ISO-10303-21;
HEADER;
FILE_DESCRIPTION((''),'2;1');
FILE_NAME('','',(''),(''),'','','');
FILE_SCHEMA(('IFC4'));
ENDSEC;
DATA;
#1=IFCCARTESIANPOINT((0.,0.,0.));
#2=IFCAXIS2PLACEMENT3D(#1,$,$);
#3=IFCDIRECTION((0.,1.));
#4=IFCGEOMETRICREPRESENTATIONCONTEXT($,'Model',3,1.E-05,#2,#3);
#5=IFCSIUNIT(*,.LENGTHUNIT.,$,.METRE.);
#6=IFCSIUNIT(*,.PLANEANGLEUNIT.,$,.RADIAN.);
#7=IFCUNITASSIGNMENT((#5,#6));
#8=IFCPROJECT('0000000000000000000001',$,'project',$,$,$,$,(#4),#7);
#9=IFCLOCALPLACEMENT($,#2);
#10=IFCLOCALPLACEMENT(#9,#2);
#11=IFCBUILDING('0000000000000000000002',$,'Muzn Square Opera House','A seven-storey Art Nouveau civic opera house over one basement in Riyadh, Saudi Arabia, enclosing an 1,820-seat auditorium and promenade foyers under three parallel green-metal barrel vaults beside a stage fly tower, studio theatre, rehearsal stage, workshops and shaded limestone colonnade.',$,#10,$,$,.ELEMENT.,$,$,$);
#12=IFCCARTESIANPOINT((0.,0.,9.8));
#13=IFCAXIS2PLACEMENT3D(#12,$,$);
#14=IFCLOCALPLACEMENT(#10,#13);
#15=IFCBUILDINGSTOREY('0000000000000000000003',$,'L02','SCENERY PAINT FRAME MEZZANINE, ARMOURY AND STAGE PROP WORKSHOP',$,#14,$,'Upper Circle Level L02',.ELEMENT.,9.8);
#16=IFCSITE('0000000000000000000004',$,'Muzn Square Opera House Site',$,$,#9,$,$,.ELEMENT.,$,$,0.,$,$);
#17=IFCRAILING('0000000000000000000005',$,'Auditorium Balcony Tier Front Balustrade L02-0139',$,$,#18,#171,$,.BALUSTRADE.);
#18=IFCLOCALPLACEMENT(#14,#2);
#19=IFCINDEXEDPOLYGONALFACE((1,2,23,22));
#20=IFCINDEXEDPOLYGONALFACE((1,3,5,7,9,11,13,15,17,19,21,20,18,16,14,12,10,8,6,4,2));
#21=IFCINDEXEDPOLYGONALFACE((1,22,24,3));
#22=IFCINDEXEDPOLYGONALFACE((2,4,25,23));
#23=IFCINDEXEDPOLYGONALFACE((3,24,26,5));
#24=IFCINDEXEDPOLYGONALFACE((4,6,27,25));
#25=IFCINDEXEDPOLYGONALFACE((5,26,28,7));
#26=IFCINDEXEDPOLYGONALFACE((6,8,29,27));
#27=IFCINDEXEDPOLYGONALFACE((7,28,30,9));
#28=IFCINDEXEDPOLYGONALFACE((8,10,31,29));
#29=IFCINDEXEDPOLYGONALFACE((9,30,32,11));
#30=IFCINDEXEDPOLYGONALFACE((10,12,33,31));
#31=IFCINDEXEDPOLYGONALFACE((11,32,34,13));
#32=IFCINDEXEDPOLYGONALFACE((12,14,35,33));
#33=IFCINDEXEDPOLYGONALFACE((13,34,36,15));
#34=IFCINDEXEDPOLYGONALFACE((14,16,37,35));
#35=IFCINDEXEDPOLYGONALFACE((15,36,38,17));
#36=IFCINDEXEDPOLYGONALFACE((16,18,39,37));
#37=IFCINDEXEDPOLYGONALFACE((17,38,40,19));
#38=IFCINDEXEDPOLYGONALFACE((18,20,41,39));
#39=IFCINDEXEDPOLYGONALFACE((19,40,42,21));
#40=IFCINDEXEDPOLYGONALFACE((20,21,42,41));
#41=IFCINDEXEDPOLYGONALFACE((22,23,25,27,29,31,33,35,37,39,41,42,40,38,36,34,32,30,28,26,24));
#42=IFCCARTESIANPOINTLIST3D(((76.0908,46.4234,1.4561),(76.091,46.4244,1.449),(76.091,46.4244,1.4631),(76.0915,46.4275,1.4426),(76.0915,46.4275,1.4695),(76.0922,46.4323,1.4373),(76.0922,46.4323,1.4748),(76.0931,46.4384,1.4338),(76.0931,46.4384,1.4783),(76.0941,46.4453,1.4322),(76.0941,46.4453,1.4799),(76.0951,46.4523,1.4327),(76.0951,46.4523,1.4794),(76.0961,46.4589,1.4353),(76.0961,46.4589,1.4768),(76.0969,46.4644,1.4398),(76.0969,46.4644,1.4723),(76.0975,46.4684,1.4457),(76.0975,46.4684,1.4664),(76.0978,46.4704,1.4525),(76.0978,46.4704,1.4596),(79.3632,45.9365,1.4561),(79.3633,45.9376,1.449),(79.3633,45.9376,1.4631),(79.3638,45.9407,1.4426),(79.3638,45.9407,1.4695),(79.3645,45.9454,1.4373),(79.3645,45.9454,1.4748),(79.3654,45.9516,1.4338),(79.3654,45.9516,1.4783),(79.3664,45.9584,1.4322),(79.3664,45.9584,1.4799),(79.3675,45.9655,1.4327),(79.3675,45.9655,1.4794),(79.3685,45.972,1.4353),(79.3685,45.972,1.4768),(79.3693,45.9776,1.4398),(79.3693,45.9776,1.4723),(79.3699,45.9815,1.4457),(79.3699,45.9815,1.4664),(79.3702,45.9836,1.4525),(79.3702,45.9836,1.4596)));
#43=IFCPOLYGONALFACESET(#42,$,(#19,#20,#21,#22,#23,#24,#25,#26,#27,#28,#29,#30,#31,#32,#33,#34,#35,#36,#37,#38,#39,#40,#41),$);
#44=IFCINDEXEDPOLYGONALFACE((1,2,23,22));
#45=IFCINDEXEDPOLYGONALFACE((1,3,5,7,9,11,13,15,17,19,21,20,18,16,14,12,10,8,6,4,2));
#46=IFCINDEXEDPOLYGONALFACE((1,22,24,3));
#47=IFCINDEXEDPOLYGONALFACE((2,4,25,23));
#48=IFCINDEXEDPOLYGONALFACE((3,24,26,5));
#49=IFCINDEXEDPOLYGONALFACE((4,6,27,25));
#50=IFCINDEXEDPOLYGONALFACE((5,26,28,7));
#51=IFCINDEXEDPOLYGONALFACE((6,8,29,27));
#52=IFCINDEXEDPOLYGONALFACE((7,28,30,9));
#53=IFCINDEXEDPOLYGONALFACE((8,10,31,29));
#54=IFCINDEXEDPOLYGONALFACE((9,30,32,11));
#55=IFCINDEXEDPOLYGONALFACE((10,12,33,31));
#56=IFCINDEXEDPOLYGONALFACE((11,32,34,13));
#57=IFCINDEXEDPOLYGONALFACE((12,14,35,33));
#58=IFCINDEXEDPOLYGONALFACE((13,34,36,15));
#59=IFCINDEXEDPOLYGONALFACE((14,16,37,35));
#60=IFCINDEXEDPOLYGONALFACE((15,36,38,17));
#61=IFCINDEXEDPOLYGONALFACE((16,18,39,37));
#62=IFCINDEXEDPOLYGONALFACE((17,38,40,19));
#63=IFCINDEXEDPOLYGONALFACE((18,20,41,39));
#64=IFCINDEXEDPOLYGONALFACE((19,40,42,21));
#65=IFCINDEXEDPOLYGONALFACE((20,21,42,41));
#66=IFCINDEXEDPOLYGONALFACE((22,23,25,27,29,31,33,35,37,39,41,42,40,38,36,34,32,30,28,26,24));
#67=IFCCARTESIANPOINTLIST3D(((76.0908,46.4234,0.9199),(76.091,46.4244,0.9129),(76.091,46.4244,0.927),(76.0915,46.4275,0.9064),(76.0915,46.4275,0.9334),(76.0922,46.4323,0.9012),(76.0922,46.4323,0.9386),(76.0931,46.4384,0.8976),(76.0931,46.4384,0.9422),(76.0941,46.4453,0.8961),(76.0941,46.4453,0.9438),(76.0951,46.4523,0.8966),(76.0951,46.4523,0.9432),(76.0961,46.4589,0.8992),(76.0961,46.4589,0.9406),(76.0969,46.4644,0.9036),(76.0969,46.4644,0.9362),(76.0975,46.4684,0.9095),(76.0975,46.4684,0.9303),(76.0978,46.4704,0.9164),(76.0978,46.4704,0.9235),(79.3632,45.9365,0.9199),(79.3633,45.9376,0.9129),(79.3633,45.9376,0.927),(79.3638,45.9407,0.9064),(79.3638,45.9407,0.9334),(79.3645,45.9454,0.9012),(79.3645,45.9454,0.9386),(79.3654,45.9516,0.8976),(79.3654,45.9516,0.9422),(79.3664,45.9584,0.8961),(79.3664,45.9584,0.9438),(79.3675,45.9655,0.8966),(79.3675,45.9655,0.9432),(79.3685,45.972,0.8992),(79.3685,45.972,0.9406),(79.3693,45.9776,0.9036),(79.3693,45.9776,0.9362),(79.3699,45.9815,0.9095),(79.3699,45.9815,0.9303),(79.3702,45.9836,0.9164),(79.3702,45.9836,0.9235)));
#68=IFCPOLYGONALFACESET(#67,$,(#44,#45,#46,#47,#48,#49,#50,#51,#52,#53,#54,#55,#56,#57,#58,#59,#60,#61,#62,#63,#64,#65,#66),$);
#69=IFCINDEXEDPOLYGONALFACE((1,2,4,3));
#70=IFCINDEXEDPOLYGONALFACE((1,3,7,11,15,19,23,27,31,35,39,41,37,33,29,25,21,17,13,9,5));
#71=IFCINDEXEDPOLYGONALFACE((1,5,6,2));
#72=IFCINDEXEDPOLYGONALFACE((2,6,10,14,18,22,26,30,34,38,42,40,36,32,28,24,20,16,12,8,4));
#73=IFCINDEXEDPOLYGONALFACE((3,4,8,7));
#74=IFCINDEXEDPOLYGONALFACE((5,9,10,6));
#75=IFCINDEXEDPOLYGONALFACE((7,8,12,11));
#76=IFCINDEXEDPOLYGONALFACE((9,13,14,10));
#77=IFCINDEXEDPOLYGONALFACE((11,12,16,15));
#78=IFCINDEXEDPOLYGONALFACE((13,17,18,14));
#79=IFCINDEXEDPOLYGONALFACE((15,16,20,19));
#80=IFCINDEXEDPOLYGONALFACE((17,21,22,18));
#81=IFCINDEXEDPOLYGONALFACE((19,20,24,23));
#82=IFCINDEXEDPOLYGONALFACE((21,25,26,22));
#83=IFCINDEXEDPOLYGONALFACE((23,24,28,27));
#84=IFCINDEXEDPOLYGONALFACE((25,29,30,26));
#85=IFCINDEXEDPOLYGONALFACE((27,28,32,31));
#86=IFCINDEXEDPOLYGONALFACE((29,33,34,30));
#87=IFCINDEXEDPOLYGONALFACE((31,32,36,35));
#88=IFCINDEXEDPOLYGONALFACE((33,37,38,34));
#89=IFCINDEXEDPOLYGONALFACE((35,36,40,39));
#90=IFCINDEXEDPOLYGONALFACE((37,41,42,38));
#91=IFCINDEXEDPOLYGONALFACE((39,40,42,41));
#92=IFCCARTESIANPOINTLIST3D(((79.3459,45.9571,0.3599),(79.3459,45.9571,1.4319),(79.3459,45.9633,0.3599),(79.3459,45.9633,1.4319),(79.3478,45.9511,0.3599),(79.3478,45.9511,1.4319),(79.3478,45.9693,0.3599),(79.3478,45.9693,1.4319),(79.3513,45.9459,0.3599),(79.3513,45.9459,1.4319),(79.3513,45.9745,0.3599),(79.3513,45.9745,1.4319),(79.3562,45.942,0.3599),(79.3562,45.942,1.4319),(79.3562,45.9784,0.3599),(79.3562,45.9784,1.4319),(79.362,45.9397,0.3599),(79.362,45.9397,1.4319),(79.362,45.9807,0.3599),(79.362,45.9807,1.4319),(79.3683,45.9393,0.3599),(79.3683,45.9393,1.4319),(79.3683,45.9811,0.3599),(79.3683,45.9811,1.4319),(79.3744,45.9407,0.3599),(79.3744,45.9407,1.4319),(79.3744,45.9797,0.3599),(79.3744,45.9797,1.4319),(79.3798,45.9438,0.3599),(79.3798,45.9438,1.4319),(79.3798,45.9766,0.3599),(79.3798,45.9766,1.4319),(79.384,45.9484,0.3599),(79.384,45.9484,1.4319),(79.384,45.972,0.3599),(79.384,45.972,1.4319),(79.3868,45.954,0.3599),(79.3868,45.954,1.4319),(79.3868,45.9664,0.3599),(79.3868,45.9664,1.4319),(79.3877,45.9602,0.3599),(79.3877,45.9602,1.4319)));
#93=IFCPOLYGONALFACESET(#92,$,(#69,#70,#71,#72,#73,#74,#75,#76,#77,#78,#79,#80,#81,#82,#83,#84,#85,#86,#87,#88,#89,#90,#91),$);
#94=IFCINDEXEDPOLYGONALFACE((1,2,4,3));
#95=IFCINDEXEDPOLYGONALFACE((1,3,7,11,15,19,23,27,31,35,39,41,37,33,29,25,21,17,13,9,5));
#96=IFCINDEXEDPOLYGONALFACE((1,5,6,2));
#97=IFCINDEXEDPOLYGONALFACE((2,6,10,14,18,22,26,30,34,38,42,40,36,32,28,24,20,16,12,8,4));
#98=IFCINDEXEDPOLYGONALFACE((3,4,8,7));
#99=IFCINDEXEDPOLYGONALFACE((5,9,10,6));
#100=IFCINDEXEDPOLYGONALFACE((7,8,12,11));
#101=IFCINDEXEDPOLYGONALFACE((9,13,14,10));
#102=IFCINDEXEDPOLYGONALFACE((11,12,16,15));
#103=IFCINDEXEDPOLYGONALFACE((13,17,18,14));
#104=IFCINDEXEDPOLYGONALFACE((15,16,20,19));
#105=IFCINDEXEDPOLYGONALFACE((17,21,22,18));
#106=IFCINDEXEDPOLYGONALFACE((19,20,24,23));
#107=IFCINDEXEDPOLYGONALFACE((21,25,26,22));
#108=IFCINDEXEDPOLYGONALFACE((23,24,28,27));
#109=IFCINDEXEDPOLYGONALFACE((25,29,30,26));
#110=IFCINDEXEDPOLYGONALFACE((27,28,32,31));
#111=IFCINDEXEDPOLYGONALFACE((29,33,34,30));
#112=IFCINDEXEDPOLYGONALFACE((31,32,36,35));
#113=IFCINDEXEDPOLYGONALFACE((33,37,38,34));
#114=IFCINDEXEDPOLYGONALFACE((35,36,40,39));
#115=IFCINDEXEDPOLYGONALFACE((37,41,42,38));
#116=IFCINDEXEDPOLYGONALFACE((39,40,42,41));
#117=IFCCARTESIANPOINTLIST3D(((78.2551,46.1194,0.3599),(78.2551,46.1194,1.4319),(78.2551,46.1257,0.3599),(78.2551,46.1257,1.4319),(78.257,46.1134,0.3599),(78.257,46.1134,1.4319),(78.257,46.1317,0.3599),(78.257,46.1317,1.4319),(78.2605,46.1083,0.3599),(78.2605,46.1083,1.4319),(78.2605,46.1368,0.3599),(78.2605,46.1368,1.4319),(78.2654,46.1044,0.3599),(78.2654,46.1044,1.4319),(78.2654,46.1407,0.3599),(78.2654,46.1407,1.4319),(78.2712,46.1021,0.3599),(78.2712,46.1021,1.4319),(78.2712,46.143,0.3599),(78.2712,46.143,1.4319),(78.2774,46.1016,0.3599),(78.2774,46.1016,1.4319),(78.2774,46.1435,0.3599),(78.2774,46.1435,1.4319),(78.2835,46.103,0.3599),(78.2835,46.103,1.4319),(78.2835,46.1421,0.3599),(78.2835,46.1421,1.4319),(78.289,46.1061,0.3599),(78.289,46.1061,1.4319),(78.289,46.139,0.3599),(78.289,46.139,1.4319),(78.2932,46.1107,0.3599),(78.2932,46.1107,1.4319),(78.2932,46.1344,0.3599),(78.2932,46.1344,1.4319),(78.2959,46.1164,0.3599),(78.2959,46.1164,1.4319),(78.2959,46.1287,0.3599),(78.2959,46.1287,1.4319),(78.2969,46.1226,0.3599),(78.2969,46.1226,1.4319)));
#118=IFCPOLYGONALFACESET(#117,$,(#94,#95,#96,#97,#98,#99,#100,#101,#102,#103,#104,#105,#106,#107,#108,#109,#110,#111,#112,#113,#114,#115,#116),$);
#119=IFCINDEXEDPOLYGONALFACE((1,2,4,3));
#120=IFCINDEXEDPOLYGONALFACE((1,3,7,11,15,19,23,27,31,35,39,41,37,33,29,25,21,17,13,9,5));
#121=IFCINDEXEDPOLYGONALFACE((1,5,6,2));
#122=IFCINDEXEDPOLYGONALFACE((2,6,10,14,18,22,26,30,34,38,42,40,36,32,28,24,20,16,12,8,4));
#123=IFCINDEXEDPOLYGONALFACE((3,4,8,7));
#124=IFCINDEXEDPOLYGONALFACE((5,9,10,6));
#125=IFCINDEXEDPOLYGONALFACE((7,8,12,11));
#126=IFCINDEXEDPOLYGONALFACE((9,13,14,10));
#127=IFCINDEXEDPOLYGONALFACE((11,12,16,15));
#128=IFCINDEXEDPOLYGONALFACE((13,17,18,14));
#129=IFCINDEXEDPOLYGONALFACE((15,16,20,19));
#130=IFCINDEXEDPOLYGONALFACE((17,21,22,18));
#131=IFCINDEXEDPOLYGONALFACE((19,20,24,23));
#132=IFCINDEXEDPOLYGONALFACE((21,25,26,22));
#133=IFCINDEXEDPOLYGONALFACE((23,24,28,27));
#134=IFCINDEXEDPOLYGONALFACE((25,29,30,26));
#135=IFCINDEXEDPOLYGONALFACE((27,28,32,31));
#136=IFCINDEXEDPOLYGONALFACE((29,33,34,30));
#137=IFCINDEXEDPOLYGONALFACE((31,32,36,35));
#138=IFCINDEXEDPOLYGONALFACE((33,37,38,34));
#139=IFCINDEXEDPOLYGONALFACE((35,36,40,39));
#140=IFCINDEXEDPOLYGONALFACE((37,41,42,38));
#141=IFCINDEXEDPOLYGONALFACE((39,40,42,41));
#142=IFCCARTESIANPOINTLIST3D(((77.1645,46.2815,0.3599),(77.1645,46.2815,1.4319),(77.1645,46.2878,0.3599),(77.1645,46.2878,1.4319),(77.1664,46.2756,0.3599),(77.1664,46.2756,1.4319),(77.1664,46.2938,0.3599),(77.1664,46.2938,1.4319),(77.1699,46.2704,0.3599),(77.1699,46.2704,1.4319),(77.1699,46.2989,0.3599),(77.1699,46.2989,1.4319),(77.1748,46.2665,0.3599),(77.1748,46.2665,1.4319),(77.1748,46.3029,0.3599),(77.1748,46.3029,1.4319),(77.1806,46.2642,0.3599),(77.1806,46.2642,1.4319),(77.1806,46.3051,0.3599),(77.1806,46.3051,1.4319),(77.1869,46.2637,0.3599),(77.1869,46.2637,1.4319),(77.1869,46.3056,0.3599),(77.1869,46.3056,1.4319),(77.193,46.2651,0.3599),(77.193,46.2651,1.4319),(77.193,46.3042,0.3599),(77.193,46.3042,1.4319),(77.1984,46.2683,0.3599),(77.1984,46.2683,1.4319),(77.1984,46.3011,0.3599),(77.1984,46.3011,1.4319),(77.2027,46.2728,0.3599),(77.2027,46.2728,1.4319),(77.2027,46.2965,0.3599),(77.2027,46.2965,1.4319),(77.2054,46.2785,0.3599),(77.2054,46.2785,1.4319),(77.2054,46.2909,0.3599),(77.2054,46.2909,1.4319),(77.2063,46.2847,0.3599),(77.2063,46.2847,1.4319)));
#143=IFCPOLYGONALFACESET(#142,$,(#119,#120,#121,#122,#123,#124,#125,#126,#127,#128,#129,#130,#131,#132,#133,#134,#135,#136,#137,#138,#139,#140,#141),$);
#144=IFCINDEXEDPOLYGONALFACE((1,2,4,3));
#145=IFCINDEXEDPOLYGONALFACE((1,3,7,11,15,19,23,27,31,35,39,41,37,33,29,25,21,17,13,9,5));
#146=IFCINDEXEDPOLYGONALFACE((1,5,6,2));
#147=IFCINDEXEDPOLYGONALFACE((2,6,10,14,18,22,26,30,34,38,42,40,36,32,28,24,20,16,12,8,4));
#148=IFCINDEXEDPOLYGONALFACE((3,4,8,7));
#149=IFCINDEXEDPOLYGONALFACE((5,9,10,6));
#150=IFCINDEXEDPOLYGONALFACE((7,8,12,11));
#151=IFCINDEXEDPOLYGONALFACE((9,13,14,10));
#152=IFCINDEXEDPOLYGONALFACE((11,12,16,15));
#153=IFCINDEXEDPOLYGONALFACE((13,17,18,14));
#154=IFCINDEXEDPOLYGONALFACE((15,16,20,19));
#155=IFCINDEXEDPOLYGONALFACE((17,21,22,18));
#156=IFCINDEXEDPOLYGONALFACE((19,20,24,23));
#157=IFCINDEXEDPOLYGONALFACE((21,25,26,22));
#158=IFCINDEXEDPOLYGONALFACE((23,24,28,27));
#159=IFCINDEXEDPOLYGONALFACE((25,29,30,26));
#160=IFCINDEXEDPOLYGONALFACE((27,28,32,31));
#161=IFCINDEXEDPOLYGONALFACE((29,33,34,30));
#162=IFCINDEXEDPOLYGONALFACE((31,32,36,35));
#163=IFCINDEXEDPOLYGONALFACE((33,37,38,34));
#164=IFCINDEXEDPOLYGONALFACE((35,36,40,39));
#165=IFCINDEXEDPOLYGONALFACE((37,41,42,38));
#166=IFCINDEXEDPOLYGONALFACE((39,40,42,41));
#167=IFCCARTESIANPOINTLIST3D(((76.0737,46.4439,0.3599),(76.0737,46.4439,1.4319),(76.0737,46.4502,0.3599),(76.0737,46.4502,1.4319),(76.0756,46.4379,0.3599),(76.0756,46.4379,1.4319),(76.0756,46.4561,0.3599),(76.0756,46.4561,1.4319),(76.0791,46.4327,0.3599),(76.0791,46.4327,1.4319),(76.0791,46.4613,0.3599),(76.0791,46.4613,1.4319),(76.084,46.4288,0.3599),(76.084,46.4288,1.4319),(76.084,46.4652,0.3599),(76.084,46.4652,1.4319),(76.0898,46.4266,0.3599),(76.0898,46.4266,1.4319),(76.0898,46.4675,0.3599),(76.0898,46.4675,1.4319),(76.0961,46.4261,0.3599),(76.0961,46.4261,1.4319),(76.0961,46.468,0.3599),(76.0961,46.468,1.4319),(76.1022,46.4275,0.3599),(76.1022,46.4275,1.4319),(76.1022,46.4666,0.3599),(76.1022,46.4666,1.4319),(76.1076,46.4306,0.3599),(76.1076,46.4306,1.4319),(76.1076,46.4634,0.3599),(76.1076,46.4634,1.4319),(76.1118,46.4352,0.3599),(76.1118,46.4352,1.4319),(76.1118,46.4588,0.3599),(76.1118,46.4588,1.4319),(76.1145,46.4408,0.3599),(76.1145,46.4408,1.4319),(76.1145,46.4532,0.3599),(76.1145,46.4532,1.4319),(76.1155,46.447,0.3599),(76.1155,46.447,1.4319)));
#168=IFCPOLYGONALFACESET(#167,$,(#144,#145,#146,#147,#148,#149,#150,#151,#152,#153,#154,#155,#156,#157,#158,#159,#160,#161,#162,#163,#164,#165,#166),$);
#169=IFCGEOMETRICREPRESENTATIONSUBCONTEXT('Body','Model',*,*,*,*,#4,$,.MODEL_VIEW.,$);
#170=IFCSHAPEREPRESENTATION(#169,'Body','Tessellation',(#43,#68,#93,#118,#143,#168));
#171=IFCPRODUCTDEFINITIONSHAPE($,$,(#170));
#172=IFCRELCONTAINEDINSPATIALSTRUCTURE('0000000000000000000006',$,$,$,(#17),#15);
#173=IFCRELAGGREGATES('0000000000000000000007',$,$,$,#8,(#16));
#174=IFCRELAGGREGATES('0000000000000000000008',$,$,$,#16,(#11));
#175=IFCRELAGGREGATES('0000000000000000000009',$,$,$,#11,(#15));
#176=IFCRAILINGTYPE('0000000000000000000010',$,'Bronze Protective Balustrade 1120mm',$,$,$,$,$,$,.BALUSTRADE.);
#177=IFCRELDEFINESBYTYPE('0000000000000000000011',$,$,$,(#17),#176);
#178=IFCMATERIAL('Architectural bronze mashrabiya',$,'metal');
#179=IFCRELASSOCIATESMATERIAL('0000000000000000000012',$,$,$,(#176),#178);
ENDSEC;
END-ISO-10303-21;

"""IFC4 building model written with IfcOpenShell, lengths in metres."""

from ifc_helpers import new_model, si_unit, direction, frame, origin, origin_2d, place, context, subcontext, project, spatial, circle, extrude, material, type_object, element, save


model = new_model("IFC4")

# Units and contexts
model_context = context("Model", 3, precision=1e-05, world=origin(), true_north=direction((0.0, 1.0)))
body_context = subcontext(model_context, "Body", "Model", "MODEL_VIEW")
ifc_project = project(units=[si_unit("LENGTHUNIT", "METRE"), si_unit("PLANEANGLEUNIT", "RADIAN")], contexts=[model_context])

# Site, building, storey
site_placement = place(None, origin())
site = spatial("IfcSite", under=ifc_project, at=site_placement, Name="Muzn Square Opera House Site", CompositionType="ELEMENT", RefElevation=0.0)
building_placement = place(site_placement, origin())
building = spatial("IfcBuilding", under=site, at=building_placement, Name="Muzn Square Opera House", Description="A seven-storey Art Nouveau civic opera house over one basement in Riyadh, Saudi Arabia, enclosing an 1,820-seat auditorium and promenade foyers under three parallel green-metal barrel vaults beside a stage fly tower, studio theatre, rehearsal stage, workshops and shaded limestone colonnade.", CompositionType="ELEMENT")
storey_placement = place(building_placement, frame((0.0, 0.0, 9.8)))
storey = spatial("IfcBuildingStorey", under=building, at=storey_placement, Name="L02", Description="SCENERY PAINT FRAME MEZZANINE, ARMOURY AND STAGE PROP WORKSHOP", LongName="Upper Circle Level L02", CompositionType="ELEMENT", Elevation=9.8)

# Railing
ifc_material_1 = material(Name="Architectural bronze mashrabiya", Category="metal")
railing_type = type_object("IfcRailingType", Name="Bronze Protective Balustrade 1120mm", PredefinedType="BALUSTRADE", material=ifc_material_1)
railing_1_placement = place(storey_placement, frame((79.3667, 45.9602, 0.3599)))
element("IfcRailing", 1, at=railing_1_placement, inside=storey, type_object=railing_type, Name="Auditorium Balcony Tier Front Balustrade L02-0139", PredefinedType="BALUSTRADE", context=body_context, shape_type="SweptSolid", body=[
    extrude(circle(Radius=0.0239, at=origin_2d()), frame((0.0, 0.0, 1.0962), z_axis=(-0.989114, 0.147153, 0.0), x_axis=(-0.147153, -0.989114, 0.0)), (0.0, 0.0, 1.0), 3.3083),
    extrude(circle(Radius=0.0239, at=origin_2d()), frame((0.0, 0.0, 0.5601), z_axis=(-0.989114, 0.147153, 0.0), x_axis=(-0.147153, -0.989114, 0.0)), (0.0, 0.0, 1.0), 3.3083),
    extrude(circle(Radius=0.021, at=origin_2d()), origin(), (0.0, 0.0, 1.0), 1.072),
    extrude(circle(Radius=0.021, at=origin_2d()), frame((-1.0908, 0.1624, 0.0)), (0.0, 0.0, 1.0), 1.072),
    extrude(circle(Radius=0.021, at=origin_2d()), frame((-2.1814, 0.3245, 0.0)), (0.0, 0.0, 1.0), 1.072),
    extrude(circle(Radius=0.021, at=origin_2d()), frame((-3.2722, 0.4868, 0.0)), (0.0, 0.0, 1.0), 1.072),
])

save(model, "model.ifc")
